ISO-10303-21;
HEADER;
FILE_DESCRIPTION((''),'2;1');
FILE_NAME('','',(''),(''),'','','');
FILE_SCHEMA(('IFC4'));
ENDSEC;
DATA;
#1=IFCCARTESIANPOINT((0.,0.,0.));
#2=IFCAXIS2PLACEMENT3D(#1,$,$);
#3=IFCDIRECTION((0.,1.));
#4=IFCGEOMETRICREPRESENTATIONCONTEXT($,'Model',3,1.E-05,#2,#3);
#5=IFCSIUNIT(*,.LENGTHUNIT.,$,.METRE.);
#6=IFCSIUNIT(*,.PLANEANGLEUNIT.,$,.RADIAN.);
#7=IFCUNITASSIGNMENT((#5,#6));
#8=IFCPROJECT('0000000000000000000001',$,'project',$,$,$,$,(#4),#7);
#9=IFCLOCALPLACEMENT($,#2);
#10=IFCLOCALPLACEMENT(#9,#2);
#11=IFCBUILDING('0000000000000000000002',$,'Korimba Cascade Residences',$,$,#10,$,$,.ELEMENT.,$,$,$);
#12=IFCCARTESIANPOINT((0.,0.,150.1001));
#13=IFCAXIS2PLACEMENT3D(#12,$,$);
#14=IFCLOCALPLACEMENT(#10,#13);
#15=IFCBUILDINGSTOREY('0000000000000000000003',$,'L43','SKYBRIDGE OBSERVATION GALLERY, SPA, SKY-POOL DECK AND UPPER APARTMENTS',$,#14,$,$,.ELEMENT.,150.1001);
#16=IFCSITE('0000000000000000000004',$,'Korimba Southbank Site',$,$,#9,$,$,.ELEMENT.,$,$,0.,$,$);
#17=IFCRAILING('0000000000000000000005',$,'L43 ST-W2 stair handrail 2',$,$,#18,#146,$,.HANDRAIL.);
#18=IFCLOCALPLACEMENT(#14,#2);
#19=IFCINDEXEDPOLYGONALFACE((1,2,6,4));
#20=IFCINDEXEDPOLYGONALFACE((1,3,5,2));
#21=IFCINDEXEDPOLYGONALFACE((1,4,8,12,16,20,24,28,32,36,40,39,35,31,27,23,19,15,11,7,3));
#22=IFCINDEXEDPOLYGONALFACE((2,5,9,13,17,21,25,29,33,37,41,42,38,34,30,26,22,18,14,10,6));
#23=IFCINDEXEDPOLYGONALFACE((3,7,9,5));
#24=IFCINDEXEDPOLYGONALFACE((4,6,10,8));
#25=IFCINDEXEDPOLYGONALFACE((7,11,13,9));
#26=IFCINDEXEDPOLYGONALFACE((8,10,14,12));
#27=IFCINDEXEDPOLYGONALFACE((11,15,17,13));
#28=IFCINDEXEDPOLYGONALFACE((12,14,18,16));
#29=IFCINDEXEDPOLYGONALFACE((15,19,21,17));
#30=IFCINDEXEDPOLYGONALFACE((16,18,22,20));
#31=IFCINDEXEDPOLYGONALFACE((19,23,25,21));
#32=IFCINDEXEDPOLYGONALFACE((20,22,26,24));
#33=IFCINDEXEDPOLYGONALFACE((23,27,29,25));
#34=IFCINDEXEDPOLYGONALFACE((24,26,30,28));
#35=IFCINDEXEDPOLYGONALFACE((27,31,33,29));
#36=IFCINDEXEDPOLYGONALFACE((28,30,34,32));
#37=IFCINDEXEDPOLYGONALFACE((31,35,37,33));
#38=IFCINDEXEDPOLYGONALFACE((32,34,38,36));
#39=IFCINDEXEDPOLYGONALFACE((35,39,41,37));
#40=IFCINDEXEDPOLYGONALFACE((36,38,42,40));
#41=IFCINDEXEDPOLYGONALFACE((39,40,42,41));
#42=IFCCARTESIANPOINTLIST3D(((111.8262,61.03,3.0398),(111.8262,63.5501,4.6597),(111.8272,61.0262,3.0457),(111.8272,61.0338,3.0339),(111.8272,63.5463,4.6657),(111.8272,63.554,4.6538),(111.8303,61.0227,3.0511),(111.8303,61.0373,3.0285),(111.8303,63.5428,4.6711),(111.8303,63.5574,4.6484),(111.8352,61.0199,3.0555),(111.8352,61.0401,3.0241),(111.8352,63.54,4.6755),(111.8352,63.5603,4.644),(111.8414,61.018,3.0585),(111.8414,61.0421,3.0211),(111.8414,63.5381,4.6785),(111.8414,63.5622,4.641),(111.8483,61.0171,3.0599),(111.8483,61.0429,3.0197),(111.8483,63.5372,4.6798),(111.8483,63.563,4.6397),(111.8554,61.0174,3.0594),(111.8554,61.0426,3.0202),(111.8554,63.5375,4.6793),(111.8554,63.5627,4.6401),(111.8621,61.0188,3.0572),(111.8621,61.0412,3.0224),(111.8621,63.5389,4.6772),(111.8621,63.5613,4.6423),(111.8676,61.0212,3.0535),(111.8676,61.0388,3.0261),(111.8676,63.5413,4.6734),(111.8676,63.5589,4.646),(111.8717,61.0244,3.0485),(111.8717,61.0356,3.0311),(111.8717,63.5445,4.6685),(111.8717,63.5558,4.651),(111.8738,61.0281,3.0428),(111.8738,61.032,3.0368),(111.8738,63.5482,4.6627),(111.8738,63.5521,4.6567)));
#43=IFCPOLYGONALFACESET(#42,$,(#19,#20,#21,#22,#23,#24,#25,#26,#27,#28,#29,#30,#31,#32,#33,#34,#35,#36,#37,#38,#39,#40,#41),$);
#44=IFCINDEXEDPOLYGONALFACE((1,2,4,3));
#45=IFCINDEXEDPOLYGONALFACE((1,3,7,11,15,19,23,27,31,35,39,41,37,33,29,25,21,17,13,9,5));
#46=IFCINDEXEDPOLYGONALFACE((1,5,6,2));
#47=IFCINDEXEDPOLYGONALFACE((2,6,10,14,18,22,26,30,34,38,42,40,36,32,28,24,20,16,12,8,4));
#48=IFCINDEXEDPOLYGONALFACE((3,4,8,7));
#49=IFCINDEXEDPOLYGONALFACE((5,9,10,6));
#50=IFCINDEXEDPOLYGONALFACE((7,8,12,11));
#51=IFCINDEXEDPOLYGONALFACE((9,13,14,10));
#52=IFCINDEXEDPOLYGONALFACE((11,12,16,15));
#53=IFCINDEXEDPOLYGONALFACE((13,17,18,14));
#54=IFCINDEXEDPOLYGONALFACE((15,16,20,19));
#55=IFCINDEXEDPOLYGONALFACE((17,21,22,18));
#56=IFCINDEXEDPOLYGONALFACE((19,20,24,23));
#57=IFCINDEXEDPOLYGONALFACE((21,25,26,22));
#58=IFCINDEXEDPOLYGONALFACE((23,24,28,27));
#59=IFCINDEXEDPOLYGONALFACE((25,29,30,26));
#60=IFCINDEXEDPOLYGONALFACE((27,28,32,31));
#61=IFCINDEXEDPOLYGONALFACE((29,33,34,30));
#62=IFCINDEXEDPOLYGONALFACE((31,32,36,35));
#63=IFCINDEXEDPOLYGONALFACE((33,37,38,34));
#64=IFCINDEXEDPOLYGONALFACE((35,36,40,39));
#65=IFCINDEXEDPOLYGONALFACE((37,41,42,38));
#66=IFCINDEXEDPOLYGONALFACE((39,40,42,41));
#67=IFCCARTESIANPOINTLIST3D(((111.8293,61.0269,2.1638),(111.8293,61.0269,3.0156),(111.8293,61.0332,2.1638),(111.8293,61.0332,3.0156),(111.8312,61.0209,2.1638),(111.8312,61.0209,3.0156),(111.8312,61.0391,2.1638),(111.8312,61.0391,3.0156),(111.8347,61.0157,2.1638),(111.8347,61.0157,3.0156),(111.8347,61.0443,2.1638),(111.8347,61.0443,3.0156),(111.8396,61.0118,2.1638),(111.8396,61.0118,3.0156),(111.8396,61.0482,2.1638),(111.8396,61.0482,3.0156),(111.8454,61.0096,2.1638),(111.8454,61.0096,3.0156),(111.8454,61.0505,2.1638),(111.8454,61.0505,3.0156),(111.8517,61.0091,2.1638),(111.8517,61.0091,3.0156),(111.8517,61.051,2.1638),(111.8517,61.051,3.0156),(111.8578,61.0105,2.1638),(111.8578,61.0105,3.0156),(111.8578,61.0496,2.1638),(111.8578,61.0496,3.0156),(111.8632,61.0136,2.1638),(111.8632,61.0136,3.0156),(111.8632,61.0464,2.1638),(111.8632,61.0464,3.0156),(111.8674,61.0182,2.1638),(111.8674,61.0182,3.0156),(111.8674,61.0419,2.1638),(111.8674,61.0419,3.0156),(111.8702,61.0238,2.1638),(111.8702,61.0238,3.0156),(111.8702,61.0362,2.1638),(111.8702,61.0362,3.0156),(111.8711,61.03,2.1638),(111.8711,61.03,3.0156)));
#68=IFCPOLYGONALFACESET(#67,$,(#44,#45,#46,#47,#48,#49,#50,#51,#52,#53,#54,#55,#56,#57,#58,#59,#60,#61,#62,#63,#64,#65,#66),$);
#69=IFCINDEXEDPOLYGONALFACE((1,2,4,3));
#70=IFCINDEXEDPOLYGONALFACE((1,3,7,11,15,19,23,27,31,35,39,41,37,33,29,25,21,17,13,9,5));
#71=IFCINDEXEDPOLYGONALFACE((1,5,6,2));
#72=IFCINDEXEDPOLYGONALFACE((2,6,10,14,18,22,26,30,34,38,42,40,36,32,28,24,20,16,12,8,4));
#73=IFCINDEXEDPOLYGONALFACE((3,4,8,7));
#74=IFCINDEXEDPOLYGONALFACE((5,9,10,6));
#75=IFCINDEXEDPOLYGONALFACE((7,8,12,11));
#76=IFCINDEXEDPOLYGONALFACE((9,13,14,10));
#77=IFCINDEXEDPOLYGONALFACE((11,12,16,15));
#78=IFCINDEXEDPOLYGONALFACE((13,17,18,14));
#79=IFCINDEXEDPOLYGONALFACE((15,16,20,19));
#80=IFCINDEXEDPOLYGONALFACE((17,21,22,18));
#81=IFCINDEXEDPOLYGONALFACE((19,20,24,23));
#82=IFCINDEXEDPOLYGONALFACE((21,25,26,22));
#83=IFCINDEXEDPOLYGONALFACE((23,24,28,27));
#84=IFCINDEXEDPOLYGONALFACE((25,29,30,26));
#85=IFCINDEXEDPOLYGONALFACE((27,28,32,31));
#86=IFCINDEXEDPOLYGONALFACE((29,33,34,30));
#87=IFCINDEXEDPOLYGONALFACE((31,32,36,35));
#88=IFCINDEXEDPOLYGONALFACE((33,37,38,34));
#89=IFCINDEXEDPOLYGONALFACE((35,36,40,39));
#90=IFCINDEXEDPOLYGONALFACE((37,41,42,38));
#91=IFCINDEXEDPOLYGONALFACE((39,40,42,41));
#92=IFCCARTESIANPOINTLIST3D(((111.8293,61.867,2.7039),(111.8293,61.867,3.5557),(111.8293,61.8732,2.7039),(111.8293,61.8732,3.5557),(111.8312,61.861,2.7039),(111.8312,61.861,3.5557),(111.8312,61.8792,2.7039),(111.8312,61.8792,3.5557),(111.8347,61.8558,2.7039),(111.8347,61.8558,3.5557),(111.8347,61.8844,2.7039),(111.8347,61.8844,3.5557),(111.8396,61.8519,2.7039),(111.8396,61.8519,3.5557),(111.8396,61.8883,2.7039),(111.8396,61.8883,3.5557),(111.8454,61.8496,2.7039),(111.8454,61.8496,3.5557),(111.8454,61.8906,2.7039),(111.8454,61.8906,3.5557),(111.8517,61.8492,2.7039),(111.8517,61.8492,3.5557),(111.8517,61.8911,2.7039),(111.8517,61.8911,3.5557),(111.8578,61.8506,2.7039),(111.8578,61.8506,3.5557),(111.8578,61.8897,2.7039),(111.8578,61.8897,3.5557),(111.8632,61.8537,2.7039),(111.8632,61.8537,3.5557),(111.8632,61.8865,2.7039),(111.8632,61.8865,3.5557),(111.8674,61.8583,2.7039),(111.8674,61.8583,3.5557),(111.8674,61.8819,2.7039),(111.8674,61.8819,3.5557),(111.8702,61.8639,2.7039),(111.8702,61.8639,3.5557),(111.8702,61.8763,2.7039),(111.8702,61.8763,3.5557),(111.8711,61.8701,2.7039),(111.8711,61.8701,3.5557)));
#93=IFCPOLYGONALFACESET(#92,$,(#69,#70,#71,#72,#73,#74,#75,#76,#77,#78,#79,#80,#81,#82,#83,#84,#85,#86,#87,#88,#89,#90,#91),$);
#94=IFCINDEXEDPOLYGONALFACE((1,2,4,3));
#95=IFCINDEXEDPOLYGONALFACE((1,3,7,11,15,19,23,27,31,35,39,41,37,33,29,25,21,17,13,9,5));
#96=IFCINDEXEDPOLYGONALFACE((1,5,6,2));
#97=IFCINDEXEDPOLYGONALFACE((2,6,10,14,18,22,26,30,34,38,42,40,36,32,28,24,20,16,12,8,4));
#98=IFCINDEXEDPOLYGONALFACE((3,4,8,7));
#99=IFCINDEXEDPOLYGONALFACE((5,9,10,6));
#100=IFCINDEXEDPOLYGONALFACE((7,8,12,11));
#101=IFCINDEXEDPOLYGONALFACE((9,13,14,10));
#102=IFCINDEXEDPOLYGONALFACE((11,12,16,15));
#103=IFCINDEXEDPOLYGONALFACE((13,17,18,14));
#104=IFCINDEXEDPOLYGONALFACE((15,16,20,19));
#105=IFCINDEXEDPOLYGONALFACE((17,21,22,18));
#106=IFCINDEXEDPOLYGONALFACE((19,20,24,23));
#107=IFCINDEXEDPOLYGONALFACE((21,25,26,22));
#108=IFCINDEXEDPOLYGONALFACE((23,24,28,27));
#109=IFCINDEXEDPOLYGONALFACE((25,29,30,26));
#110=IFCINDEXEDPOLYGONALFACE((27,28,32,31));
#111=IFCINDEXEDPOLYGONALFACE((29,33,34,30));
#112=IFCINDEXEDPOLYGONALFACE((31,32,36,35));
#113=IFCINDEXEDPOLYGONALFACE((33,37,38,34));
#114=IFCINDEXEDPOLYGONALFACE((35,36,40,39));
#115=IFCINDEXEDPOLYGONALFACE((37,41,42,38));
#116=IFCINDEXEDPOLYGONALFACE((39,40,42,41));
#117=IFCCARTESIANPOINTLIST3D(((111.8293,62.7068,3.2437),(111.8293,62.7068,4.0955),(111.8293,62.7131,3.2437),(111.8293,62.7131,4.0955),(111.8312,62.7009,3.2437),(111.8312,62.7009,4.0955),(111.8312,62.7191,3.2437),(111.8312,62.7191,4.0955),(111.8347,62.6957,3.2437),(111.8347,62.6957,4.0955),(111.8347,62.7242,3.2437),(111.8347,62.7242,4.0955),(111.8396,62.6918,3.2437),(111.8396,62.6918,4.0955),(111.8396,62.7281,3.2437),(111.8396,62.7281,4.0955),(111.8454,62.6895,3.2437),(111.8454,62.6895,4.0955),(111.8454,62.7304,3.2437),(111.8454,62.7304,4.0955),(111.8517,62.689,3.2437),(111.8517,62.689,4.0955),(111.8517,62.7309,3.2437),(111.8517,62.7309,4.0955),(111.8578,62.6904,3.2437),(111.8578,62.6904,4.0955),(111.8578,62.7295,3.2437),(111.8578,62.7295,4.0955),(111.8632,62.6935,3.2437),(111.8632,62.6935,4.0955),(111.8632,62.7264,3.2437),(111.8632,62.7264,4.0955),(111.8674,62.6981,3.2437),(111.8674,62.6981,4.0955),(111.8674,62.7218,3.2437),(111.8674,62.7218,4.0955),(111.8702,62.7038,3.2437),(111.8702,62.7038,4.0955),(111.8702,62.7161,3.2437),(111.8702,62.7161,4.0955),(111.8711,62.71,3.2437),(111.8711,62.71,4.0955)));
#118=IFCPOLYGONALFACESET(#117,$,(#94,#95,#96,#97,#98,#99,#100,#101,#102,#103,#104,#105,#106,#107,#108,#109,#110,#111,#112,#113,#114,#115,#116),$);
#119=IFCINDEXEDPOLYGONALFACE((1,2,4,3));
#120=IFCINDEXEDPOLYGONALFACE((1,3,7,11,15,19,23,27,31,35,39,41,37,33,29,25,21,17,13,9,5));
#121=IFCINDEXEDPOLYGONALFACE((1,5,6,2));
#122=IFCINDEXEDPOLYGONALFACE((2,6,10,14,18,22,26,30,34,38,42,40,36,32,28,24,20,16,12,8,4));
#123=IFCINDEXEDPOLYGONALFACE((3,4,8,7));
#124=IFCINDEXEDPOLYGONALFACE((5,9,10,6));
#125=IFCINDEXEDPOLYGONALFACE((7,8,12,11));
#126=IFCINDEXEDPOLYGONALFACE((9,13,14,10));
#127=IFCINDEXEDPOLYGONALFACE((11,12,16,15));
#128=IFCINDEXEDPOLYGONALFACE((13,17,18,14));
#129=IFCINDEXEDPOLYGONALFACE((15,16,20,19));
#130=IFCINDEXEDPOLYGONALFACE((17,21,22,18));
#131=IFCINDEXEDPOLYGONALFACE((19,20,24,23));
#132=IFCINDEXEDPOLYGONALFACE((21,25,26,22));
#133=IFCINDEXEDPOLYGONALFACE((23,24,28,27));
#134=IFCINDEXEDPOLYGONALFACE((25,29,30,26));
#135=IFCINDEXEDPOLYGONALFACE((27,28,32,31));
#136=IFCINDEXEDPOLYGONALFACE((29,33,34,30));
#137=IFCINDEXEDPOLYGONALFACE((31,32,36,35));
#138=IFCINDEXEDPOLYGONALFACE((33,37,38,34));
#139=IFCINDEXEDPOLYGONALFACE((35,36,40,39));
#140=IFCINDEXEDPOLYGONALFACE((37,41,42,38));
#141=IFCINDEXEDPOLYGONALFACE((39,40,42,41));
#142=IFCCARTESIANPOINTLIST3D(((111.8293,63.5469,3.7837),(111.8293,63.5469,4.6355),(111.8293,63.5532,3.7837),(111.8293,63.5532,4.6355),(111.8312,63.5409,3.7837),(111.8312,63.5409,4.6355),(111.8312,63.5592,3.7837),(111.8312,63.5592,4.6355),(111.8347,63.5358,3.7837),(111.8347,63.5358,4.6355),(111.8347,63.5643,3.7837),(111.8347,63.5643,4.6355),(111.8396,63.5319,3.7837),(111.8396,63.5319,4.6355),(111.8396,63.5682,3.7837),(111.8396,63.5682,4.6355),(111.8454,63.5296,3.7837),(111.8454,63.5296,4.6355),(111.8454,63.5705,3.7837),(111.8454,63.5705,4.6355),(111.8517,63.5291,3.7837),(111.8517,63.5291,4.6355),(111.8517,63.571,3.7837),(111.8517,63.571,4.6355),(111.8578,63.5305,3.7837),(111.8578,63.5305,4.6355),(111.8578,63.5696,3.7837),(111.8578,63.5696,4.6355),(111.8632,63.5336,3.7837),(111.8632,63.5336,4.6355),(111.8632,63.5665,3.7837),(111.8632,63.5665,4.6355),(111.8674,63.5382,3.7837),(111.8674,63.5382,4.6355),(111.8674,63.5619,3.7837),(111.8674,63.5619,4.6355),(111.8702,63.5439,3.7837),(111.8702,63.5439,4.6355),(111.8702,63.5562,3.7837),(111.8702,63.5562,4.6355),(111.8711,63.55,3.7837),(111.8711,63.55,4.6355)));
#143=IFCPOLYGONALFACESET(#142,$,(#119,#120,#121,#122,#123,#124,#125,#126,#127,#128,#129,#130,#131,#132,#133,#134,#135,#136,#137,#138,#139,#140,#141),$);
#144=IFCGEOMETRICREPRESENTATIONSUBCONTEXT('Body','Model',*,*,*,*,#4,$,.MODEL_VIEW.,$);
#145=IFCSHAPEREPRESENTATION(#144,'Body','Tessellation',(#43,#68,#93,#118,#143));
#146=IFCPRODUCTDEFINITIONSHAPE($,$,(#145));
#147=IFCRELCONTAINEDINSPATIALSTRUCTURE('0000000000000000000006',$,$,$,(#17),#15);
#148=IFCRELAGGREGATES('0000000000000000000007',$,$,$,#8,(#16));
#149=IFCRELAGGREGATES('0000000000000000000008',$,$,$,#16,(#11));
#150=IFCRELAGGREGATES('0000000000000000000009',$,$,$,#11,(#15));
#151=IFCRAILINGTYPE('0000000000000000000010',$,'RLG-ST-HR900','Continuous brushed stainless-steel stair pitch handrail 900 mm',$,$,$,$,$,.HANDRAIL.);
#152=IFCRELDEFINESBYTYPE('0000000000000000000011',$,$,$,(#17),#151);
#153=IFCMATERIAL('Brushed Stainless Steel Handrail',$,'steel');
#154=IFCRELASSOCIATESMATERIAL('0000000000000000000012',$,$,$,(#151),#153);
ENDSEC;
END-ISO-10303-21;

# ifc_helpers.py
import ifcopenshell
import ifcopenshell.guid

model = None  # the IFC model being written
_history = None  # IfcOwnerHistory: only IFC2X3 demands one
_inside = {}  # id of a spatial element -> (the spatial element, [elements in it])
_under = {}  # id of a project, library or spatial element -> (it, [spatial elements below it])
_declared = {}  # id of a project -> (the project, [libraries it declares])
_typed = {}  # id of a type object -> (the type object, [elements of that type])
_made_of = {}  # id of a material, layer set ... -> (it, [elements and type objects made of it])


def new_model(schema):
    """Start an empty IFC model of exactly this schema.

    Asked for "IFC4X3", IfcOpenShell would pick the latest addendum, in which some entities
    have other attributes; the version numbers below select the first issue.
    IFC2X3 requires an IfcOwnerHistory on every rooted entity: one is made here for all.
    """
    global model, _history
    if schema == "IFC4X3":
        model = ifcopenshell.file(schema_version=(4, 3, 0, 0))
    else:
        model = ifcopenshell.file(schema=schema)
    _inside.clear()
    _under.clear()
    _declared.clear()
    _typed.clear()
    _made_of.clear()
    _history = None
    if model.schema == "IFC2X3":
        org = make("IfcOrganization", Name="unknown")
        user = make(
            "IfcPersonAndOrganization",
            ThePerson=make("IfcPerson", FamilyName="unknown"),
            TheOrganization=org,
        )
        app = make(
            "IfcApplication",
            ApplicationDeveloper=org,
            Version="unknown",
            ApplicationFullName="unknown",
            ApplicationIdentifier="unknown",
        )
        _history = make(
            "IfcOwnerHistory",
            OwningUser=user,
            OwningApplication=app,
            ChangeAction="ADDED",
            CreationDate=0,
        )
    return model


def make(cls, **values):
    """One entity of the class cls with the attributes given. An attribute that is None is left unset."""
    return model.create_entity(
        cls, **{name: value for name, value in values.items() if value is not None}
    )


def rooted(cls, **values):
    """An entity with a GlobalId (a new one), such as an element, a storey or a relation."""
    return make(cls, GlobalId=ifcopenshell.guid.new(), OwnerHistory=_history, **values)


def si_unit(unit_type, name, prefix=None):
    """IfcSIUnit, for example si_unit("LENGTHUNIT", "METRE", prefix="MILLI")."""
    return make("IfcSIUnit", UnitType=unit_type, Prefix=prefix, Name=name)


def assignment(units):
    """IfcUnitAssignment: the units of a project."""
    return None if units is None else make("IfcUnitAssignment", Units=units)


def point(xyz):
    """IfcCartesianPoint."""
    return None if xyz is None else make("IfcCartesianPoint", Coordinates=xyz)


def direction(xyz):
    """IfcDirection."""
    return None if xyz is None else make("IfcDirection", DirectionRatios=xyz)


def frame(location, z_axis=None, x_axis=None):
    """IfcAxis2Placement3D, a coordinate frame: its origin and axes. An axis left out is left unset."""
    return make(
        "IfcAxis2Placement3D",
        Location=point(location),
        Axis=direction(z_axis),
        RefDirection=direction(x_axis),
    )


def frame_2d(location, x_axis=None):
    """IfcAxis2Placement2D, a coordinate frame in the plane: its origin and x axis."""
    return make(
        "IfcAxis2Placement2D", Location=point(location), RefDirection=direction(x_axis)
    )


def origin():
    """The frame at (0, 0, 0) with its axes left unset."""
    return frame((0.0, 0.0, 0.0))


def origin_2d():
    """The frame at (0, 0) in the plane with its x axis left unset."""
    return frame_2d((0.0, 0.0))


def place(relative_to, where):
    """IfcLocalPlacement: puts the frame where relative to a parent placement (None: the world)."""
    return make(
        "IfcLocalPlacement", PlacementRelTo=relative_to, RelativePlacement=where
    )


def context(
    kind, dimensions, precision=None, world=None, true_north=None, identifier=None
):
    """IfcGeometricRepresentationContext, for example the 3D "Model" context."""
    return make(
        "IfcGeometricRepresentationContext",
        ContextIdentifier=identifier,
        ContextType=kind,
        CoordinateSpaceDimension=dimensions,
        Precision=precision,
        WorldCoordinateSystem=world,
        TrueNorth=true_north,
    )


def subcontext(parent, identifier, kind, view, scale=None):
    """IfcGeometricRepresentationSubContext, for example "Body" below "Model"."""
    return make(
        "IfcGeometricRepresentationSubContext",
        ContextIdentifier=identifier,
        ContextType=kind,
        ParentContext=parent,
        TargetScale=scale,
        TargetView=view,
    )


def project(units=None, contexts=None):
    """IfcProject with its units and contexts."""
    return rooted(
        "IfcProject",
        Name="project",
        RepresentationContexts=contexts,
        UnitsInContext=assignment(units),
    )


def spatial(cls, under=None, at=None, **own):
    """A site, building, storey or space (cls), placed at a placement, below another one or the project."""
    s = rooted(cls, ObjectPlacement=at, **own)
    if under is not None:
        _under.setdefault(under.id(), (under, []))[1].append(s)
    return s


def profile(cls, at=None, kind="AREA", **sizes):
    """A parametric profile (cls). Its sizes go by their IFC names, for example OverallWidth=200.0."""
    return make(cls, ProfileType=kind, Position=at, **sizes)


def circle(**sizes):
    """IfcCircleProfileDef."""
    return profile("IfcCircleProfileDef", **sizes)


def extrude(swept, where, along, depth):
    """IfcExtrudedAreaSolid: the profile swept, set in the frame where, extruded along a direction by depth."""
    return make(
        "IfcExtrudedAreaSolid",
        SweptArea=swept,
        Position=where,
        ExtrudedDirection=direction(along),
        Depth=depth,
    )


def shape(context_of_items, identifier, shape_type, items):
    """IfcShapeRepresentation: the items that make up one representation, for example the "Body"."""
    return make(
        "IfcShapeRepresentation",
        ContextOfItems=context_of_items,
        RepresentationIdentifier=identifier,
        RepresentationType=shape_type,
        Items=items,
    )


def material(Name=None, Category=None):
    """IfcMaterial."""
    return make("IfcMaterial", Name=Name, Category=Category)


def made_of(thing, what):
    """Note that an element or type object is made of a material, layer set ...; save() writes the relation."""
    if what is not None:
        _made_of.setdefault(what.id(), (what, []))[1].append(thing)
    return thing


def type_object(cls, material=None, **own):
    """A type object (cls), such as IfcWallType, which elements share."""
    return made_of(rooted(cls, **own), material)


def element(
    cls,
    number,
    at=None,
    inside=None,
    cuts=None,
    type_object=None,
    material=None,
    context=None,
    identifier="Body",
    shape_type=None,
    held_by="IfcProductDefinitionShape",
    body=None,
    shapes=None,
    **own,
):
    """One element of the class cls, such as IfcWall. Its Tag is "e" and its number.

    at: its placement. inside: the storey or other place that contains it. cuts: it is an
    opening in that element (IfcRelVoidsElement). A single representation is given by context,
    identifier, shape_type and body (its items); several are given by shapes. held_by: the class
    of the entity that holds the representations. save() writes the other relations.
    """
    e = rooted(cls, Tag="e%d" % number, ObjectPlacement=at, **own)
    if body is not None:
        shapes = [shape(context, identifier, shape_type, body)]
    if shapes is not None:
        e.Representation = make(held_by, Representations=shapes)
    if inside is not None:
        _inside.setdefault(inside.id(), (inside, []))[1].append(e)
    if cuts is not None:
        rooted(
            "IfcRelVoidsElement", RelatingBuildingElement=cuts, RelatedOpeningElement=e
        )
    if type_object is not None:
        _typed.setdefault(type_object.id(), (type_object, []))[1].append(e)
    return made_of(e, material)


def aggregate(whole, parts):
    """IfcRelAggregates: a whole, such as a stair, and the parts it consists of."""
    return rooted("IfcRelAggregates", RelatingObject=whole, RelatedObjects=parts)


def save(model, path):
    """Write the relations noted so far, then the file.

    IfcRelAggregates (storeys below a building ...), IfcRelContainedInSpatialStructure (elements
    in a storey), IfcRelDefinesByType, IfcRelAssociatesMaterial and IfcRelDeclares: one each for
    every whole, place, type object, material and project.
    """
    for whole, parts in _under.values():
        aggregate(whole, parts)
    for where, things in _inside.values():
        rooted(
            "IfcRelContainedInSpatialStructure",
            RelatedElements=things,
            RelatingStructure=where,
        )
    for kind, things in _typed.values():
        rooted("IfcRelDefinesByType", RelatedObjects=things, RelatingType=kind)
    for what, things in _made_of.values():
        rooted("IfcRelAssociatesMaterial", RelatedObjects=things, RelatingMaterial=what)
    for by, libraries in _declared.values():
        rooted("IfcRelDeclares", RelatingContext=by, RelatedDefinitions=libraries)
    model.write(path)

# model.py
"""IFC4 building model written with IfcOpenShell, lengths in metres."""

from ifc_helpers import new_model, si_unit, direction, frame, origin, origin_2d, place, context, subcontext, project, spatial, circle, extrude, material, type_object, element, save


model = new_model("IFC4")

# Units and contexts
model_context = context("Model", 3, precision=1e-05, world=origin(), true_north=direction((0.0, 1.0)))
body_context = subcontext(model_context, "Body", "Model", "MODEL_VIEW")
ifc_project = project(units=[si_unit("LENGTHUNIT", "METRE"), si_unit("PLANEANGLEUNIT", "RADIAN")], contexts=[model_context])

# Site, building, storey
site_placement = place(None, origin())
site = spatial("IfcSite", under=ifc_project, at=site_placement, Name="Korimba Southbank Site", CompositionType="ELEMENT", RefElevation=0.0)
building_placement = place(site_placement, origin())
building = spatial("IfcBuilding", under=site, at=building_placement, Name="Korimba Cascade Residences", CompositionType="ELEMENT")
storey_placement = place(building_placement, frame((0.0, 0.0, 150.1001)))
storey = spatial("IfcBuildingStorey", under=building, at=storey_placement, Name="L43", Description="SKYBRIDGE OBSERVATION GALLERY, SPA, SKY-POOL DECK AND UPPER APARTMENTS", CompositionType="ELEMENT", Elevation=150.1001)

# Railing
ifc_material_1 = material(Name="Brushed Stainless Steel Handrail", Category="steel")
railing_type_1 = type_object("IfcRailingType", Name="RLG-ST-HR900", Description="Continuous brushed stainless-steel stair pitch handrail 900 mm", PredefinedType="HANDRAIL", material=ifc_material_1)
railing_1_placement = place(storey_placement, frame((111.8501, 61.03, 2.1638)))
element("IfcRailing", 1, at=railing_1_placement, inside=storey, type_object=railing_type_1, Name="L43 ST-W2 stair handrail 2", PredefinedType="HANDRAIL", context=body_context, shape_type="SweptSolid", body=[
    extrude(circle(Radius=0.0239, at=origin_2d()), frame((0.0, 0.0, 0.876), z_axis=(0.0, 0.8412, 0.540725), x_axis=(-1.0, 0.0, 0.0)), (0.0, 0.0, 1.0), 2.9958),
    extrude(circle(Radius=0.021, at=origin_2d()), origin(), (0.0, 0.0, 1.0), 0.8518),
    extrude(circle(Radius=0.021, at=origin_2d()), frame((0.0, 0.8401, 0.54)), (0.0, 0.0, 1.0), 0.8518),
    extrude(circle(Radius=0.021, at=origin_2d()), frame((0.0, 1.6799, 1.0798)), (0.0, 0.0, 1.0), 0.8518),
    extrude(circle(Radius=0.021, at=origin_2d()), frame((0.0, 2.52, 1.6199)), (0.0, 0.0, 1.0), 0.8518),
])

save(model, "model.ifc")
